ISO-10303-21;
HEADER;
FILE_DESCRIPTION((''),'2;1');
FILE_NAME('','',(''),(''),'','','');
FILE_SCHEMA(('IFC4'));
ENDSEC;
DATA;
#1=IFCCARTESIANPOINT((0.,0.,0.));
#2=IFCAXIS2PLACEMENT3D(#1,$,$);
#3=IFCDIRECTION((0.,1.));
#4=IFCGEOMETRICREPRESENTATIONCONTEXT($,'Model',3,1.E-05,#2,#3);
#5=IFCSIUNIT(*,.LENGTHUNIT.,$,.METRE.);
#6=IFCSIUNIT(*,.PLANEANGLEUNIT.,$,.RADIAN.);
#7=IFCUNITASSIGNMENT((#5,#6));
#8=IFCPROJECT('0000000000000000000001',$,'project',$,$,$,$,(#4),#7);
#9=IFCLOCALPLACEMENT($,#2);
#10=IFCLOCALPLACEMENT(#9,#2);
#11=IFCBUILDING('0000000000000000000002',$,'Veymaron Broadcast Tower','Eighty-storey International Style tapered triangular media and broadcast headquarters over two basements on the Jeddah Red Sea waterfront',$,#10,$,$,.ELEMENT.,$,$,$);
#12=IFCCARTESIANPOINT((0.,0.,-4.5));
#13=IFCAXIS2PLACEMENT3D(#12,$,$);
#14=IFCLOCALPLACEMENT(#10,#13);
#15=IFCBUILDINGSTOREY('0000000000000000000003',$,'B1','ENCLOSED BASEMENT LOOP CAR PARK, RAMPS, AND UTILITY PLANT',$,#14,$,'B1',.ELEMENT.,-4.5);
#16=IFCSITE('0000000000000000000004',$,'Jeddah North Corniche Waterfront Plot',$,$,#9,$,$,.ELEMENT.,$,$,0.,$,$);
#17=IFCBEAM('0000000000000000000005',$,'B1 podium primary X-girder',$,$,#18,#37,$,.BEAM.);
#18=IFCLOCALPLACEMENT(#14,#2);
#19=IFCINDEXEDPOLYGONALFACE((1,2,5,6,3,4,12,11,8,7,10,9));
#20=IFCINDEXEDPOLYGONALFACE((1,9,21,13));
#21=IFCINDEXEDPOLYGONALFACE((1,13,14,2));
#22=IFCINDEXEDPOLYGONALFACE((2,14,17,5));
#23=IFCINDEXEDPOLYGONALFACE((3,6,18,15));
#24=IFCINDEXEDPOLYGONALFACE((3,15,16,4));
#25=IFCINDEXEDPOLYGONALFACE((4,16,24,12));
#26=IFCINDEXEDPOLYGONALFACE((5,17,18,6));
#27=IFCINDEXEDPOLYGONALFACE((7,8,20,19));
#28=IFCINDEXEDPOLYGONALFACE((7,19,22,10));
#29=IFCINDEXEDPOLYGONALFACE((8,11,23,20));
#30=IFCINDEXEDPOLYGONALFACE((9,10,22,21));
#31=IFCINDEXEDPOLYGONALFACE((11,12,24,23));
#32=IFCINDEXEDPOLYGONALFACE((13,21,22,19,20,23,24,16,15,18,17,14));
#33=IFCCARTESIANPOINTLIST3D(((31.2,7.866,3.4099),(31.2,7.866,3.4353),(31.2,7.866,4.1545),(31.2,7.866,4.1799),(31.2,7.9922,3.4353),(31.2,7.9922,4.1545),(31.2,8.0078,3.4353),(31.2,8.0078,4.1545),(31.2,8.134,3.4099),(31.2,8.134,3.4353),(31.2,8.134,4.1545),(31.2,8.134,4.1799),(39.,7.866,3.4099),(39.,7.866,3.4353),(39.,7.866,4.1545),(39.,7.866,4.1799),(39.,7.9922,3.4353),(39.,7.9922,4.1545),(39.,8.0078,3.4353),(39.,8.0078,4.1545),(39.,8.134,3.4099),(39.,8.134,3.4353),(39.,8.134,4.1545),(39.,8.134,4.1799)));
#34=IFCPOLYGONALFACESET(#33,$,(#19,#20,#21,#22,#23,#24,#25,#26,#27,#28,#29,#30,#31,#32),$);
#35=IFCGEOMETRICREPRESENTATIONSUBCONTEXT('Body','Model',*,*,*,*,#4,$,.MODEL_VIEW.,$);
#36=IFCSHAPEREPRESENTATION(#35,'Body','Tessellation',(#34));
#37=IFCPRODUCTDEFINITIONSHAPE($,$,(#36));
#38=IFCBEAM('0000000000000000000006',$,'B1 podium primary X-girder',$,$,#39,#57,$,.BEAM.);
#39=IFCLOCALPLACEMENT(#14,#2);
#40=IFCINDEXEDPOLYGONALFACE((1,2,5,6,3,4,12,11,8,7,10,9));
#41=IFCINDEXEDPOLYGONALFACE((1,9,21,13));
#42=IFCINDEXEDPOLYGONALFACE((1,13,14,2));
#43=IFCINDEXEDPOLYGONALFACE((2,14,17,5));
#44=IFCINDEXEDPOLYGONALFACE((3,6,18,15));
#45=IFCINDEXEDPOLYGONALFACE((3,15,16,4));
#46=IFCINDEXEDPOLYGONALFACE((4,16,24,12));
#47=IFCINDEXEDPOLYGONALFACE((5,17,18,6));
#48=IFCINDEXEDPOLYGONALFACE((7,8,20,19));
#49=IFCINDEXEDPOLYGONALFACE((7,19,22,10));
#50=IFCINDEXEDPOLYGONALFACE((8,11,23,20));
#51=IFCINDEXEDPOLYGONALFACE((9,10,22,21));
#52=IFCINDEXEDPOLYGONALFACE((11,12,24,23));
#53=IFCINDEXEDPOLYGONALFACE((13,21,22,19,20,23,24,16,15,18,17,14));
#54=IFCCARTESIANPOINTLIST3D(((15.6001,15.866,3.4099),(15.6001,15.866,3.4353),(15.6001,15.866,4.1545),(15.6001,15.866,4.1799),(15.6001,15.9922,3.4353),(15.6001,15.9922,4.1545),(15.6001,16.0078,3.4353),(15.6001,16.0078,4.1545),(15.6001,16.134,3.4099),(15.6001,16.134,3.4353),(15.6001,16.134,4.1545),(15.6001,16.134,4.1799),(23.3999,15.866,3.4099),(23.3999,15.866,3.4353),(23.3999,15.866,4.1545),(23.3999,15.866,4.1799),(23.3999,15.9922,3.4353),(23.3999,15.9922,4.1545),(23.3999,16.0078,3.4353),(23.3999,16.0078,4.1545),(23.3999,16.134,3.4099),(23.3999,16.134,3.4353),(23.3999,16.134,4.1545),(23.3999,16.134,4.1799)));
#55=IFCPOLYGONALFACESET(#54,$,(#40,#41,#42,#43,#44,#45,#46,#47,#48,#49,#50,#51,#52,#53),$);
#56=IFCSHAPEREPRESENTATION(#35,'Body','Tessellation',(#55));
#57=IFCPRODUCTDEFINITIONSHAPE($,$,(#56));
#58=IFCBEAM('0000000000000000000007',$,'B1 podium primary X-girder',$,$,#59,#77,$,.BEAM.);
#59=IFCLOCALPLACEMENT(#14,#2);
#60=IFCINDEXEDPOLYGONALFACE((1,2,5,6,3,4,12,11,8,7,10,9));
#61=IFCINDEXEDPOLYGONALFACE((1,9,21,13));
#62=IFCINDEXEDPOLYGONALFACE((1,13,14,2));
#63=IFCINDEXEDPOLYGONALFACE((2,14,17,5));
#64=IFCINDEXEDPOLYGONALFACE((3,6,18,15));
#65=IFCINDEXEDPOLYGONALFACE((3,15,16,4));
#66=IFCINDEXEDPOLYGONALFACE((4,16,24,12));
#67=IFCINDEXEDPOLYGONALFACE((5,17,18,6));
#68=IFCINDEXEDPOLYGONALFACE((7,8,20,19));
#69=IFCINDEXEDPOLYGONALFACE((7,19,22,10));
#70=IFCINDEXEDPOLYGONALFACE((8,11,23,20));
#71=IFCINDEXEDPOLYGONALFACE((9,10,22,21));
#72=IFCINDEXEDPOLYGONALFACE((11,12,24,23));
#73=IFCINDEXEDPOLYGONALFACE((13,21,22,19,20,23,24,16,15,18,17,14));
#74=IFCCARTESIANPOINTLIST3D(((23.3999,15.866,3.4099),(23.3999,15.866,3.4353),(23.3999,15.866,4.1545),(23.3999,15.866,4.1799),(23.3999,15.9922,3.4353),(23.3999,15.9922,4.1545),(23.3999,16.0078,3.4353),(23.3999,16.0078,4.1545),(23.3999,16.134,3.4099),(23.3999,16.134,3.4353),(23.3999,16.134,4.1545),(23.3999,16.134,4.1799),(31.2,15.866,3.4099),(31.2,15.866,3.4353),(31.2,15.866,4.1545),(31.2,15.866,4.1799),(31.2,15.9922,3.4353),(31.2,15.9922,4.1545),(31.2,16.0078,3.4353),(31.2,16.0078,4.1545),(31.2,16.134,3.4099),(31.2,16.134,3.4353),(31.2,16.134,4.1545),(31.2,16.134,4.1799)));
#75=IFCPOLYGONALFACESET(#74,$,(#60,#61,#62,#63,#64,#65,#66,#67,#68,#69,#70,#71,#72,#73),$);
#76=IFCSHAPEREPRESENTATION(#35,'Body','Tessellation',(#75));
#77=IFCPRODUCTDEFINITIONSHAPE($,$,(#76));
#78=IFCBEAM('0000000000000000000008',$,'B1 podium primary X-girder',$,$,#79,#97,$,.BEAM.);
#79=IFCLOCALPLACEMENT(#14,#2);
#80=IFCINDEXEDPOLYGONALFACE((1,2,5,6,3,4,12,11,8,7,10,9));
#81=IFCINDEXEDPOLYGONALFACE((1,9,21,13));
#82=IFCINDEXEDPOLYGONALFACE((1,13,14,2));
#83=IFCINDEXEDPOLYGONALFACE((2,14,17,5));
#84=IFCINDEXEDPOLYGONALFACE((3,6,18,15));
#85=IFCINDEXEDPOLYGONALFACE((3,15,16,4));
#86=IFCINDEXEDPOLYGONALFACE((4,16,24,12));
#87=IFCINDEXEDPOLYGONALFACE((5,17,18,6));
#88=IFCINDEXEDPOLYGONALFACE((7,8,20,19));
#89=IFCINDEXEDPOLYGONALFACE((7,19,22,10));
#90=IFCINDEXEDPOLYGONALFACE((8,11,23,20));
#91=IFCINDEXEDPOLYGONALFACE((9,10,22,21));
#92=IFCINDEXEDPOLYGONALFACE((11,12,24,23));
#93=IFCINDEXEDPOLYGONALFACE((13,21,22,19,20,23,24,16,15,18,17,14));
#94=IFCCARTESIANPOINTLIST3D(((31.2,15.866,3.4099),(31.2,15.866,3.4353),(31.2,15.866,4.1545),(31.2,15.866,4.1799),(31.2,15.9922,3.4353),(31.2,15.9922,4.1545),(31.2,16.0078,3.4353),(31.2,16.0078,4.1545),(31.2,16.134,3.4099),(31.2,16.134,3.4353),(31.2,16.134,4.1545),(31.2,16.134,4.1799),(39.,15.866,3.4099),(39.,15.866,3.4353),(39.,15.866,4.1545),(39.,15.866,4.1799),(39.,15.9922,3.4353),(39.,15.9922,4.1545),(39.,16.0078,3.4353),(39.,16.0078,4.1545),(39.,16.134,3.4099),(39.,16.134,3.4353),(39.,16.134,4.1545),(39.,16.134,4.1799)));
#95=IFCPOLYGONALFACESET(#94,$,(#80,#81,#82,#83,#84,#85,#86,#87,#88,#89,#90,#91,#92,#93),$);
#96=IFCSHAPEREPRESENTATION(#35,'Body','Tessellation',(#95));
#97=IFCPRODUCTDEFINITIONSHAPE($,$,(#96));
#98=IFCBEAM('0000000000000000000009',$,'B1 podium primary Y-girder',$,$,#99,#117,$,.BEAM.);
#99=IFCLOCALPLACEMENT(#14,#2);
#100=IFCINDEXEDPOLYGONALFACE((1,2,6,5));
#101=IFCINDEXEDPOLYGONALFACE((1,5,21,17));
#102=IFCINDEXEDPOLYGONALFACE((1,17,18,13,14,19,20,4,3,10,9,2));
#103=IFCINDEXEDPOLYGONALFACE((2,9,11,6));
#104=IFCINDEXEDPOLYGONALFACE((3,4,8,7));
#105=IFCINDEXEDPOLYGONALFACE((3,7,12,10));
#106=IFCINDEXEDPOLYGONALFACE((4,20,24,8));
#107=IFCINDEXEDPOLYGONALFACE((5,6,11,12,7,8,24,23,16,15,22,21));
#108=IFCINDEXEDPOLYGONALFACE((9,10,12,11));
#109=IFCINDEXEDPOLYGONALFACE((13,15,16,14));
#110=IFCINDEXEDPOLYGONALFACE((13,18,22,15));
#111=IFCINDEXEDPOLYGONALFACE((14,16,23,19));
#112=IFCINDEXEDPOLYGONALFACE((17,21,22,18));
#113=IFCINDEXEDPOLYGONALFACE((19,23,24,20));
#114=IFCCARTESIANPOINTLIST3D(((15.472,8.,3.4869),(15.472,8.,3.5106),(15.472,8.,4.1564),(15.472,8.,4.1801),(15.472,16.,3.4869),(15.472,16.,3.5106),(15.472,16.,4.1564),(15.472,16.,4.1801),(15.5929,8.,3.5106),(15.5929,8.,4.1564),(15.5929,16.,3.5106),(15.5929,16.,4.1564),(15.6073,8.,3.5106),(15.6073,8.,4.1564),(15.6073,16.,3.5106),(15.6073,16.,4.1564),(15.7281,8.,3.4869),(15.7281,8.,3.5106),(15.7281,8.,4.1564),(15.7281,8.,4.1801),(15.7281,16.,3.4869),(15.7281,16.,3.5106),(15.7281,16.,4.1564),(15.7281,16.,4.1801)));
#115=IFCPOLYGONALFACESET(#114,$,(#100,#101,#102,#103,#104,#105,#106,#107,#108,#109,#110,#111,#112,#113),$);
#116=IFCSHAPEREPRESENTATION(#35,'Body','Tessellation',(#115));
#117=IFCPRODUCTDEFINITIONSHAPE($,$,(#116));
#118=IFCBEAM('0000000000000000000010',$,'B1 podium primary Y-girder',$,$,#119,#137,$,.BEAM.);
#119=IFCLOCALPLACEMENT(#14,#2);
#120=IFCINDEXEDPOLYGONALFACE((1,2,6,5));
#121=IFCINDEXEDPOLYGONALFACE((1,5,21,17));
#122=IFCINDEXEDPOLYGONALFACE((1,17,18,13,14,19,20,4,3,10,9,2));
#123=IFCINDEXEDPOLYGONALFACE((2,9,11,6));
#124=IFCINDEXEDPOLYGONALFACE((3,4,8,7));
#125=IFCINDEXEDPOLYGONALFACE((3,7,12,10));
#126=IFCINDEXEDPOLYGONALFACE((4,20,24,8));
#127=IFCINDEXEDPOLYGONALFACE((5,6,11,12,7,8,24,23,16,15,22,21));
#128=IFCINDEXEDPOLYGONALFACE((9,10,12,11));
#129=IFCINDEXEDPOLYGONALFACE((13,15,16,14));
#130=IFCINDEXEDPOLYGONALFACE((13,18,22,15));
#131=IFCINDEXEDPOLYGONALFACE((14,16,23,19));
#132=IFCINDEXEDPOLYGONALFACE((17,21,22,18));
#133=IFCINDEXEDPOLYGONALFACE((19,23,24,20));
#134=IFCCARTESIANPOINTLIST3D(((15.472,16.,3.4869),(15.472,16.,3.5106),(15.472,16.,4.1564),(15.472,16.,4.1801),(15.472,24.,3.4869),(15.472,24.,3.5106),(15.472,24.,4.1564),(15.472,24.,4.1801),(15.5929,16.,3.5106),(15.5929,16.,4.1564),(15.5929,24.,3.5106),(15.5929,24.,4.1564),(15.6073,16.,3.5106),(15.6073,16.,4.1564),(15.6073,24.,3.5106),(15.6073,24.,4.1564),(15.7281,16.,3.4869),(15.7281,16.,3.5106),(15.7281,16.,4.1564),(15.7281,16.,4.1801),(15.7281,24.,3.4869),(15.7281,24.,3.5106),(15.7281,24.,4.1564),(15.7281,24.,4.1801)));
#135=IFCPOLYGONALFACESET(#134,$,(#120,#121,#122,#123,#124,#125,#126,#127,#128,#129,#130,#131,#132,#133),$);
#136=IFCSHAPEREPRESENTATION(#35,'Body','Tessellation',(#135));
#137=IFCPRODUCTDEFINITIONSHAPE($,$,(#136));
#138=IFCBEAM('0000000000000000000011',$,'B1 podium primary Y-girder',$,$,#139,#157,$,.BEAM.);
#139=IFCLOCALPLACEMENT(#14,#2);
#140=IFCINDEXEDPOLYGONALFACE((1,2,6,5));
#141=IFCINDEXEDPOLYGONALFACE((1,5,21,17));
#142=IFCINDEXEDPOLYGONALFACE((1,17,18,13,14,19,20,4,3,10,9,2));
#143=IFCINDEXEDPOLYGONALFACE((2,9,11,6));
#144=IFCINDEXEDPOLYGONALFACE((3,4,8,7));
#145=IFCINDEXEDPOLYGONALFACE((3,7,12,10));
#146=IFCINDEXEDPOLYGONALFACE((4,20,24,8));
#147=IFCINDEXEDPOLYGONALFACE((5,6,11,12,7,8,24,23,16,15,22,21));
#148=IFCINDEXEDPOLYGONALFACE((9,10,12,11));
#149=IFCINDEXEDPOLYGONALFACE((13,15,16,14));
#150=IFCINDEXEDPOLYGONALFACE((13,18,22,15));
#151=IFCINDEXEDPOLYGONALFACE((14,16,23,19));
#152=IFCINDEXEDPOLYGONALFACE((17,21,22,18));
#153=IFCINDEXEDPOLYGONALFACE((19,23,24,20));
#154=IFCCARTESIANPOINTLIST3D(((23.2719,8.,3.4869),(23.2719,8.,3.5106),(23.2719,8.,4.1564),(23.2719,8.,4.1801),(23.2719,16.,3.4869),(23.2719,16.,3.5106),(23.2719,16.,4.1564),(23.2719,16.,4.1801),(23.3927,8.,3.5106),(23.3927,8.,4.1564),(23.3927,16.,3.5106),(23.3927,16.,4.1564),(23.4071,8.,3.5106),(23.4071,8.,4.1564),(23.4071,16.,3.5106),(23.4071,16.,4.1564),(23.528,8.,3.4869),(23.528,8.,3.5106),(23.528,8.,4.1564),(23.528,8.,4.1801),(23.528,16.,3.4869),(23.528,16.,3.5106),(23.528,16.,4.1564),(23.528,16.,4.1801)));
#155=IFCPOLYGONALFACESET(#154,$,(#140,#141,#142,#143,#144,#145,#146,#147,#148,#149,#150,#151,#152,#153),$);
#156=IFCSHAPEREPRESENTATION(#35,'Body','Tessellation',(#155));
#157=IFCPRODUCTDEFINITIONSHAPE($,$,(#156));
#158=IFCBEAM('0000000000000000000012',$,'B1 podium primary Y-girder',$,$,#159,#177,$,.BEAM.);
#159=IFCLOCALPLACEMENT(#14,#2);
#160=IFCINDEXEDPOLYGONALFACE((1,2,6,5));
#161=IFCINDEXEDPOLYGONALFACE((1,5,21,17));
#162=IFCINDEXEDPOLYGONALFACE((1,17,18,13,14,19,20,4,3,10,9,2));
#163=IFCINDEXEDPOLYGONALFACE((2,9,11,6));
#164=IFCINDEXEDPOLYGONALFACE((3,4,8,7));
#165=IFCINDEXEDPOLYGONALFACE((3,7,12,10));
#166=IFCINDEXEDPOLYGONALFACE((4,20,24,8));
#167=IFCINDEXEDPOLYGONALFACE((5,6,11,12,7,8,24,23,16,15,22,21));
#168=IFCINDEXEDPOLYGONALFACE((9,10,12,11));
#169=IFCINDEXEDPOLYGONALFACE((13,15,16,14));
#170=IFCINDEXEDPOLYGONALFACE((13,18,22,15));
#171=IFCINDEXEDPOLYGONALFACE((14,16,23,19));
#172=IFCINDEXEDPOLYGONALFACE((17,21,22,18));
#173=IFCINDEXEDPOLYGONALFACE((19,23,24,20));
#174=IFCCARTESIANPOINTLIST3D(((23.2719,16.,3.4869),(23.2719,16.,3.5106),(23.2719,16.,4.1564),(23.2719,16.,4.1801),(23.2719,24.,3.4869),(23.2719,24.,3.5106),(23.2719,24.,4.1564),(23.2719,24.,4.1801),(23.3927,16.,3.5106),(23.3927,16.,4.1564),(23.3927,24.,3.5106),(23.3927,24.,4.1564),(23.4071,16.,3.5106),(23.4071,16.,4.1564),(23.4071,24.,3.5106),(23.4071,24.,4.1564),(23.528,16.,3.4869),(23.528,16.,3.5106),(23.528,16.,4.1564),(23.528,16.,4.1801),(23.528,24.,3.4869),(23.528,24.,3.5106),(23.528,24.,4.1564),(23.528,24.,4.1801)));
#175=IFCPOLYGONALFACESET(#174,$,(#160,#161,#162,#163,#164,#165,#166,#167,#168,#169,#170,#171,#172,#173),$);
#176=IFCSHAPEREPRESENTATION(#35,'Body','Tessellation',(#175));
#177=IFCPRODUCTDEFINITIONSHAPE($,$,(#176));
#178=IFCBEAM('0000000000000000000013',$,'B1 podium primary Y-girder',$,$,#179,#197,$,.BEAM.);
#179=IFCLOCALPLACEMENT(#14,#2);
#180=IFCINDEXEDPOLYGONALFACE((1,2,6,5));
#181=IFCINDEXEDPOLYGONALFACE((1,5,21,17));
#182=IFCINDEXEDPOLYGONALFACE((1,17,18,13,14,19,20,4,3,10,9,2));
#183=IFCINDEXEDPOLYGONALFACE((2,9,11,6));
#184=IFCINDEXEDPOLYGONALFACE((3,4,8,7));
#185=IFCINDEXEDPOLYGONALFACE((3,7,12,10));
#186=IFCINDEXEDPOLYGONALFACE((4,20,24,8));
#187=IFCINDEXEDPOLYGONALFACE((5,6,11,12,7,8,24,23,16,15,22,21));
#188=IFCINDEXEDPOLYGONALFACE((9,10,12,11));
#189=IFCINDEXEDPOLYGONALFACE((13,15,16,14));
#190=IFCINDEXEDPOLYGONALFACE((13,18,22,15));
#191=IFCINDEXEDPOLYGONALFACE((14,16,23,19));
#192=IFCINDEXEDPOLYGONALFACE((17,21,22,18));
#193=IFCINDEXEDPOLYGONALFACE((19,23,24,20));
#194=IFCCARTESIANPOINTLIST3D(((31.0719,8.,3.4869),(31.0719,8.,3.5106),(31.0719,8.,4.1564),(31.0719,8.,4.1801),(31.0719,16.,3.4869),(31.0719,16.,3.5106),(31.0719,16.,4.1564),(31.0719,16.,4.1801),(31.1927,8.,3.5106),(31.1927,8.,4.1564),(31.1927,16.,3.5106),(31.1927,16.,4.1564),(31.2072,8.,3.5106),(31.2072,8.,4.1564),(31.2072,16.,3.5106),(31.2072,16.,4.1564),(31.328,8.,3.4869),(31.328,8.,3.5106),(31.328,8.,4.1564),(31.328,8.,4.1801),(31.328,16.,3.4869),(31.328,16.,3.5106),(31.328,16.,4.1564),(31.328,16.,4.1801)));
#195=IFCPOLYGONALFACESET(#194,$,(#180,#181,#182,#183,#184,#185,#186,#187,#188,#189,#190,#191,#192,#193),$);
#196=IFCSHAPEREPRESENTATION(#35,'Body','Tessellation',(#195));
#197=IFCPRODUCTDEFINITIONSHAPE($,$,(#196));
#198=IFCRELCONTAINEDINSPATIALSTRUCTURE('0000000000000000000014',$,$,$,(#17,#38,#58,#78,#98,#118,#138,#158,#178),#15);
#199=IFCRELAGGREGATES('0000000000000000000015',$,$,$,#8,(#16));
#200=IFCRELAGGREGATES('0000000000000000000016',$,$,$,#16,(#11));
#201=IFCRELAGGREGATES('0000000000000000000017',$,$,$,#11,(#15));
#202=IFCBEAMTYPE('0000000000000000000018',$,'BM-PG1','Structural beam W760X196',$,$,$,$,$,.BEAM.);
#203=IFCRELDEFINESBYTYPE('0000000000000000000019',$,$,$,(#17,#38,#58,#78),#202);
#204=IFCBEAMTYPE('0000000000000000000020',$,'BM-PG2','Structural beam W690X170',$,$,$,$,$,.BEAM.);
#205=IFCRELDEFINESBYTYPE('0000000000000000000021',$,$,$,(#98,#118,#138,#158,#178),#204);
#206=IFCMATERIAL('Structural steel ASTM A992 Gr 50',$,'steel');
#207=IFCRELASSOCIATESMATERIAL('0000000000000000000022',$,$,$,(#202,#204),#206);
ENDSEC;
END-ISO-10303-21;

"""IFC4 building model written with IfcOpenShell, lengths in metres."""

from ifc_helpers import new_model, si_unit, direction, frame, origin, origin_2d, place, context, subcontext, project, spatial, i_section, extrude, material, material_profile, profile_set, type_object, element, save


model = new_model("IFC4")

# Units and contexts
model_context = context("Model", 3, precision=1e-05, world=origin(), true_north=direction((0.0, 1.0)))
body_context = subcontext(model_context, "Body", "Model", "MODEL_VIEW")
ifc_project = project(units=[si_unit("LENGTHUNIT", "METRE"), si_unit("PLANEANGLEUNIT", "RADIAN")], contexts=[model_context])

# Site, building, storey
site_placement = place(None, origin())
site = spatial("IfcSite", under=ifc_project, at=site_placement, Name="Jeddah North Corniche Waterfront Plot", CompositionType="ELEMENT", RefElevation=0.0)
building_placement = place(site_placement, origin())
building = spatial("IfcBuilding", under=site, at=building_placement, Name="Veymaron Broadcast Tower", Description="Eighty-storey International Style tapered triangular media and broadcast headquarters over two basements on the Jeddah Red Sea waterfront", CompositionType="ELEMENT")
storey_placement = place(building_placement, frame((0.0, 0.0, -4.5)))
storey = spatial("IfcBuildingStorey", under=building, at=storey_placement, Name="B1", Description="ENCLOSED BASEMENT LOOP CAR PARK, RAMPS, AND UTILITY PLANT", LongName="B1", CompositionType="ELEMENT", Elevation=-4.5)

# Beams
ifc_material_1 = material(Name="Structural steel ASTM A992 Gr 50", Category="steel")
ifc_material_profile_1 = material_profile(ifc_material_1, i_section(OverallWidth=0.2681, OverallDepth=0.77, WebThickness=0.0156, FlangeThickness=0.0254, at=origin_2d()), Name="W760X196")
ifc_profile_set_1 = profile_set([ifc_material_profile_1], Name="Structural steel ASTM A992 Gr 50")
beam_type_1 = type_object("IfcBeamType", Name="BM-PG1", Description="Structural beam W760X196", PredefinedType="BEAM", material=ifc_profile_set_1)
for number, where, z_axis, x_axis, name in (
    (1, (31.2, 8.0, 3.7949), (1.0, 0.0, 0.0), (0.0, 1.0, 0.0), "B1 podium primary X-girder"),
):
    element("IfcBeam", number, at=place(storey_placement, frame(where, z_axis=z_axis, x_axis=x_axis)), inside=storey, type_object=beam_type_1, Name=name, PredefinedType="BEAM", context=body_context, shape_type="SweptSolid", body=[
        extrude(i_section(OverallWidth=0.2681, OverallDepth=0.77, WebThickness=0.0156, FlangeThickness=0.0254, at=origin_2d()), origin(), (0.0, 0.0, 1.0), 7.8),
    ])
beam_placement = place(storey_placement, frame((15.6001, 16.0, 3.7949), z_axis=(1.0, 0.0, 0.0), x_axis=(0.0, 1.0, 0.0)))
element("IfcBeam", 2, at=beam_placement, inside=storey, type_object=beam_type_1, Name="B1 podium primary X-girder", PredefinedType="BEAM", context=body_context, shape_type="SweptSolid", body=[
    extrude(i_section(OverallWidth=0.2681, OverallDepth=0.77, WebThickness=0.0156, FlangeThickness=0.0254, at=origin_2d()), origin(), (0.0, 0.0, 1.0), 7.7998),
])
for number, where, z_axis, x_axis, name in (
    (3, (23.3999, 16.0, 3.7949), (1.0, 0.0, 0.0), (0.0, 1.0, 0.0), "B1 podium primary X-girder"),
    (4, (31.2, 16.0, 3.7949), (1.0, 0.0, 0.0), (0.0, 1.0, 0.0), "B1 podium primary X-girder"),
):
    element("IfcBeam", number, at=place(storey_placement, frame(where, z_axis=z_axis, x_axis=x_axis)), inside=storey, type_object=beam_type_1, Name=name, PredefinedType="BEAM", context=body_context, shape_type="SweptSolid", body=[
        extrude(i_section(OverallWidth=0.2681, OverallDepth=0.77, WebThickness=0.0156, FlangeThickness=0.0254, at=origin_2d()), origin(), (0.0, 0.0, 1.0), 7.8),
    ])
ifc_material_profile_2 = material_profile(ifc_material_1, i_section(OverallWidth=0.2561, OverallDepth=0.6931, WebThickness=0.0144, FlangeThickness=0.0237, at=origin_2d()), Name="W690X170")
ifc_profile_set_2 = profile_set([ifc_material_profile_2], Name="Structural steel ASTM A992 Gr 50")
beam_type_2 = type_object("IfcBeamType", Name="BM-PG2", Description="Structural beam W690X170", PredefinedType="BEAM", material=ifc_profile_set_2)
for number, where, z_axis, x_axis, name in (
    (5, (15.6001, 8.0, 3.8335), (0.0, 1.0, 0.0), (-1.0, 0.0, 0.0), "B1 podium primary Y-girder"),
    (6, (15.6001, 16.0, 3.8335), (0.0, 1.0, 0.0), (-1.0, 0.0, 0.0), "B1 podium primary Y-girder"),
    (7, (23.3999, 8.0, 3.8335), (0.0, 1.0, 0.0), (-1.0, 0.0, 0.0), "B1 podium primary Y-girder"),
    (8, (23.3999, 16.0, 3.8335), (0.0, 1.0, 0.0), (-1.0, 0.0, 0.0), "B1 podium primary Y-girder"),
    (9, (31.2, 8.0, 3.8335), (0.0, 1.0, 0.0), (-1.0, 0.0, 0.0), "B1 podium primary Y-girder"),
):
    element("IfcBeam", number, at=place(storey_placement, frame(where, z_axis=z_axis, x_axis=x_axis)), inside=storey, type_object=beam_type_2, Name=name, PredefinedType="BEAM", context=body_context, shape_type="SweptSolid", body=[
        extrude(i_section(OverallWidth=0.2561, OverallDepth=0.6931, WebThickness=0.0144, FlangeThickness=0.0237, at=origin_2d()), origin(), (0.0, 0.0, 1.0), 8.0),
    ])

save(model, "model.ifc")
